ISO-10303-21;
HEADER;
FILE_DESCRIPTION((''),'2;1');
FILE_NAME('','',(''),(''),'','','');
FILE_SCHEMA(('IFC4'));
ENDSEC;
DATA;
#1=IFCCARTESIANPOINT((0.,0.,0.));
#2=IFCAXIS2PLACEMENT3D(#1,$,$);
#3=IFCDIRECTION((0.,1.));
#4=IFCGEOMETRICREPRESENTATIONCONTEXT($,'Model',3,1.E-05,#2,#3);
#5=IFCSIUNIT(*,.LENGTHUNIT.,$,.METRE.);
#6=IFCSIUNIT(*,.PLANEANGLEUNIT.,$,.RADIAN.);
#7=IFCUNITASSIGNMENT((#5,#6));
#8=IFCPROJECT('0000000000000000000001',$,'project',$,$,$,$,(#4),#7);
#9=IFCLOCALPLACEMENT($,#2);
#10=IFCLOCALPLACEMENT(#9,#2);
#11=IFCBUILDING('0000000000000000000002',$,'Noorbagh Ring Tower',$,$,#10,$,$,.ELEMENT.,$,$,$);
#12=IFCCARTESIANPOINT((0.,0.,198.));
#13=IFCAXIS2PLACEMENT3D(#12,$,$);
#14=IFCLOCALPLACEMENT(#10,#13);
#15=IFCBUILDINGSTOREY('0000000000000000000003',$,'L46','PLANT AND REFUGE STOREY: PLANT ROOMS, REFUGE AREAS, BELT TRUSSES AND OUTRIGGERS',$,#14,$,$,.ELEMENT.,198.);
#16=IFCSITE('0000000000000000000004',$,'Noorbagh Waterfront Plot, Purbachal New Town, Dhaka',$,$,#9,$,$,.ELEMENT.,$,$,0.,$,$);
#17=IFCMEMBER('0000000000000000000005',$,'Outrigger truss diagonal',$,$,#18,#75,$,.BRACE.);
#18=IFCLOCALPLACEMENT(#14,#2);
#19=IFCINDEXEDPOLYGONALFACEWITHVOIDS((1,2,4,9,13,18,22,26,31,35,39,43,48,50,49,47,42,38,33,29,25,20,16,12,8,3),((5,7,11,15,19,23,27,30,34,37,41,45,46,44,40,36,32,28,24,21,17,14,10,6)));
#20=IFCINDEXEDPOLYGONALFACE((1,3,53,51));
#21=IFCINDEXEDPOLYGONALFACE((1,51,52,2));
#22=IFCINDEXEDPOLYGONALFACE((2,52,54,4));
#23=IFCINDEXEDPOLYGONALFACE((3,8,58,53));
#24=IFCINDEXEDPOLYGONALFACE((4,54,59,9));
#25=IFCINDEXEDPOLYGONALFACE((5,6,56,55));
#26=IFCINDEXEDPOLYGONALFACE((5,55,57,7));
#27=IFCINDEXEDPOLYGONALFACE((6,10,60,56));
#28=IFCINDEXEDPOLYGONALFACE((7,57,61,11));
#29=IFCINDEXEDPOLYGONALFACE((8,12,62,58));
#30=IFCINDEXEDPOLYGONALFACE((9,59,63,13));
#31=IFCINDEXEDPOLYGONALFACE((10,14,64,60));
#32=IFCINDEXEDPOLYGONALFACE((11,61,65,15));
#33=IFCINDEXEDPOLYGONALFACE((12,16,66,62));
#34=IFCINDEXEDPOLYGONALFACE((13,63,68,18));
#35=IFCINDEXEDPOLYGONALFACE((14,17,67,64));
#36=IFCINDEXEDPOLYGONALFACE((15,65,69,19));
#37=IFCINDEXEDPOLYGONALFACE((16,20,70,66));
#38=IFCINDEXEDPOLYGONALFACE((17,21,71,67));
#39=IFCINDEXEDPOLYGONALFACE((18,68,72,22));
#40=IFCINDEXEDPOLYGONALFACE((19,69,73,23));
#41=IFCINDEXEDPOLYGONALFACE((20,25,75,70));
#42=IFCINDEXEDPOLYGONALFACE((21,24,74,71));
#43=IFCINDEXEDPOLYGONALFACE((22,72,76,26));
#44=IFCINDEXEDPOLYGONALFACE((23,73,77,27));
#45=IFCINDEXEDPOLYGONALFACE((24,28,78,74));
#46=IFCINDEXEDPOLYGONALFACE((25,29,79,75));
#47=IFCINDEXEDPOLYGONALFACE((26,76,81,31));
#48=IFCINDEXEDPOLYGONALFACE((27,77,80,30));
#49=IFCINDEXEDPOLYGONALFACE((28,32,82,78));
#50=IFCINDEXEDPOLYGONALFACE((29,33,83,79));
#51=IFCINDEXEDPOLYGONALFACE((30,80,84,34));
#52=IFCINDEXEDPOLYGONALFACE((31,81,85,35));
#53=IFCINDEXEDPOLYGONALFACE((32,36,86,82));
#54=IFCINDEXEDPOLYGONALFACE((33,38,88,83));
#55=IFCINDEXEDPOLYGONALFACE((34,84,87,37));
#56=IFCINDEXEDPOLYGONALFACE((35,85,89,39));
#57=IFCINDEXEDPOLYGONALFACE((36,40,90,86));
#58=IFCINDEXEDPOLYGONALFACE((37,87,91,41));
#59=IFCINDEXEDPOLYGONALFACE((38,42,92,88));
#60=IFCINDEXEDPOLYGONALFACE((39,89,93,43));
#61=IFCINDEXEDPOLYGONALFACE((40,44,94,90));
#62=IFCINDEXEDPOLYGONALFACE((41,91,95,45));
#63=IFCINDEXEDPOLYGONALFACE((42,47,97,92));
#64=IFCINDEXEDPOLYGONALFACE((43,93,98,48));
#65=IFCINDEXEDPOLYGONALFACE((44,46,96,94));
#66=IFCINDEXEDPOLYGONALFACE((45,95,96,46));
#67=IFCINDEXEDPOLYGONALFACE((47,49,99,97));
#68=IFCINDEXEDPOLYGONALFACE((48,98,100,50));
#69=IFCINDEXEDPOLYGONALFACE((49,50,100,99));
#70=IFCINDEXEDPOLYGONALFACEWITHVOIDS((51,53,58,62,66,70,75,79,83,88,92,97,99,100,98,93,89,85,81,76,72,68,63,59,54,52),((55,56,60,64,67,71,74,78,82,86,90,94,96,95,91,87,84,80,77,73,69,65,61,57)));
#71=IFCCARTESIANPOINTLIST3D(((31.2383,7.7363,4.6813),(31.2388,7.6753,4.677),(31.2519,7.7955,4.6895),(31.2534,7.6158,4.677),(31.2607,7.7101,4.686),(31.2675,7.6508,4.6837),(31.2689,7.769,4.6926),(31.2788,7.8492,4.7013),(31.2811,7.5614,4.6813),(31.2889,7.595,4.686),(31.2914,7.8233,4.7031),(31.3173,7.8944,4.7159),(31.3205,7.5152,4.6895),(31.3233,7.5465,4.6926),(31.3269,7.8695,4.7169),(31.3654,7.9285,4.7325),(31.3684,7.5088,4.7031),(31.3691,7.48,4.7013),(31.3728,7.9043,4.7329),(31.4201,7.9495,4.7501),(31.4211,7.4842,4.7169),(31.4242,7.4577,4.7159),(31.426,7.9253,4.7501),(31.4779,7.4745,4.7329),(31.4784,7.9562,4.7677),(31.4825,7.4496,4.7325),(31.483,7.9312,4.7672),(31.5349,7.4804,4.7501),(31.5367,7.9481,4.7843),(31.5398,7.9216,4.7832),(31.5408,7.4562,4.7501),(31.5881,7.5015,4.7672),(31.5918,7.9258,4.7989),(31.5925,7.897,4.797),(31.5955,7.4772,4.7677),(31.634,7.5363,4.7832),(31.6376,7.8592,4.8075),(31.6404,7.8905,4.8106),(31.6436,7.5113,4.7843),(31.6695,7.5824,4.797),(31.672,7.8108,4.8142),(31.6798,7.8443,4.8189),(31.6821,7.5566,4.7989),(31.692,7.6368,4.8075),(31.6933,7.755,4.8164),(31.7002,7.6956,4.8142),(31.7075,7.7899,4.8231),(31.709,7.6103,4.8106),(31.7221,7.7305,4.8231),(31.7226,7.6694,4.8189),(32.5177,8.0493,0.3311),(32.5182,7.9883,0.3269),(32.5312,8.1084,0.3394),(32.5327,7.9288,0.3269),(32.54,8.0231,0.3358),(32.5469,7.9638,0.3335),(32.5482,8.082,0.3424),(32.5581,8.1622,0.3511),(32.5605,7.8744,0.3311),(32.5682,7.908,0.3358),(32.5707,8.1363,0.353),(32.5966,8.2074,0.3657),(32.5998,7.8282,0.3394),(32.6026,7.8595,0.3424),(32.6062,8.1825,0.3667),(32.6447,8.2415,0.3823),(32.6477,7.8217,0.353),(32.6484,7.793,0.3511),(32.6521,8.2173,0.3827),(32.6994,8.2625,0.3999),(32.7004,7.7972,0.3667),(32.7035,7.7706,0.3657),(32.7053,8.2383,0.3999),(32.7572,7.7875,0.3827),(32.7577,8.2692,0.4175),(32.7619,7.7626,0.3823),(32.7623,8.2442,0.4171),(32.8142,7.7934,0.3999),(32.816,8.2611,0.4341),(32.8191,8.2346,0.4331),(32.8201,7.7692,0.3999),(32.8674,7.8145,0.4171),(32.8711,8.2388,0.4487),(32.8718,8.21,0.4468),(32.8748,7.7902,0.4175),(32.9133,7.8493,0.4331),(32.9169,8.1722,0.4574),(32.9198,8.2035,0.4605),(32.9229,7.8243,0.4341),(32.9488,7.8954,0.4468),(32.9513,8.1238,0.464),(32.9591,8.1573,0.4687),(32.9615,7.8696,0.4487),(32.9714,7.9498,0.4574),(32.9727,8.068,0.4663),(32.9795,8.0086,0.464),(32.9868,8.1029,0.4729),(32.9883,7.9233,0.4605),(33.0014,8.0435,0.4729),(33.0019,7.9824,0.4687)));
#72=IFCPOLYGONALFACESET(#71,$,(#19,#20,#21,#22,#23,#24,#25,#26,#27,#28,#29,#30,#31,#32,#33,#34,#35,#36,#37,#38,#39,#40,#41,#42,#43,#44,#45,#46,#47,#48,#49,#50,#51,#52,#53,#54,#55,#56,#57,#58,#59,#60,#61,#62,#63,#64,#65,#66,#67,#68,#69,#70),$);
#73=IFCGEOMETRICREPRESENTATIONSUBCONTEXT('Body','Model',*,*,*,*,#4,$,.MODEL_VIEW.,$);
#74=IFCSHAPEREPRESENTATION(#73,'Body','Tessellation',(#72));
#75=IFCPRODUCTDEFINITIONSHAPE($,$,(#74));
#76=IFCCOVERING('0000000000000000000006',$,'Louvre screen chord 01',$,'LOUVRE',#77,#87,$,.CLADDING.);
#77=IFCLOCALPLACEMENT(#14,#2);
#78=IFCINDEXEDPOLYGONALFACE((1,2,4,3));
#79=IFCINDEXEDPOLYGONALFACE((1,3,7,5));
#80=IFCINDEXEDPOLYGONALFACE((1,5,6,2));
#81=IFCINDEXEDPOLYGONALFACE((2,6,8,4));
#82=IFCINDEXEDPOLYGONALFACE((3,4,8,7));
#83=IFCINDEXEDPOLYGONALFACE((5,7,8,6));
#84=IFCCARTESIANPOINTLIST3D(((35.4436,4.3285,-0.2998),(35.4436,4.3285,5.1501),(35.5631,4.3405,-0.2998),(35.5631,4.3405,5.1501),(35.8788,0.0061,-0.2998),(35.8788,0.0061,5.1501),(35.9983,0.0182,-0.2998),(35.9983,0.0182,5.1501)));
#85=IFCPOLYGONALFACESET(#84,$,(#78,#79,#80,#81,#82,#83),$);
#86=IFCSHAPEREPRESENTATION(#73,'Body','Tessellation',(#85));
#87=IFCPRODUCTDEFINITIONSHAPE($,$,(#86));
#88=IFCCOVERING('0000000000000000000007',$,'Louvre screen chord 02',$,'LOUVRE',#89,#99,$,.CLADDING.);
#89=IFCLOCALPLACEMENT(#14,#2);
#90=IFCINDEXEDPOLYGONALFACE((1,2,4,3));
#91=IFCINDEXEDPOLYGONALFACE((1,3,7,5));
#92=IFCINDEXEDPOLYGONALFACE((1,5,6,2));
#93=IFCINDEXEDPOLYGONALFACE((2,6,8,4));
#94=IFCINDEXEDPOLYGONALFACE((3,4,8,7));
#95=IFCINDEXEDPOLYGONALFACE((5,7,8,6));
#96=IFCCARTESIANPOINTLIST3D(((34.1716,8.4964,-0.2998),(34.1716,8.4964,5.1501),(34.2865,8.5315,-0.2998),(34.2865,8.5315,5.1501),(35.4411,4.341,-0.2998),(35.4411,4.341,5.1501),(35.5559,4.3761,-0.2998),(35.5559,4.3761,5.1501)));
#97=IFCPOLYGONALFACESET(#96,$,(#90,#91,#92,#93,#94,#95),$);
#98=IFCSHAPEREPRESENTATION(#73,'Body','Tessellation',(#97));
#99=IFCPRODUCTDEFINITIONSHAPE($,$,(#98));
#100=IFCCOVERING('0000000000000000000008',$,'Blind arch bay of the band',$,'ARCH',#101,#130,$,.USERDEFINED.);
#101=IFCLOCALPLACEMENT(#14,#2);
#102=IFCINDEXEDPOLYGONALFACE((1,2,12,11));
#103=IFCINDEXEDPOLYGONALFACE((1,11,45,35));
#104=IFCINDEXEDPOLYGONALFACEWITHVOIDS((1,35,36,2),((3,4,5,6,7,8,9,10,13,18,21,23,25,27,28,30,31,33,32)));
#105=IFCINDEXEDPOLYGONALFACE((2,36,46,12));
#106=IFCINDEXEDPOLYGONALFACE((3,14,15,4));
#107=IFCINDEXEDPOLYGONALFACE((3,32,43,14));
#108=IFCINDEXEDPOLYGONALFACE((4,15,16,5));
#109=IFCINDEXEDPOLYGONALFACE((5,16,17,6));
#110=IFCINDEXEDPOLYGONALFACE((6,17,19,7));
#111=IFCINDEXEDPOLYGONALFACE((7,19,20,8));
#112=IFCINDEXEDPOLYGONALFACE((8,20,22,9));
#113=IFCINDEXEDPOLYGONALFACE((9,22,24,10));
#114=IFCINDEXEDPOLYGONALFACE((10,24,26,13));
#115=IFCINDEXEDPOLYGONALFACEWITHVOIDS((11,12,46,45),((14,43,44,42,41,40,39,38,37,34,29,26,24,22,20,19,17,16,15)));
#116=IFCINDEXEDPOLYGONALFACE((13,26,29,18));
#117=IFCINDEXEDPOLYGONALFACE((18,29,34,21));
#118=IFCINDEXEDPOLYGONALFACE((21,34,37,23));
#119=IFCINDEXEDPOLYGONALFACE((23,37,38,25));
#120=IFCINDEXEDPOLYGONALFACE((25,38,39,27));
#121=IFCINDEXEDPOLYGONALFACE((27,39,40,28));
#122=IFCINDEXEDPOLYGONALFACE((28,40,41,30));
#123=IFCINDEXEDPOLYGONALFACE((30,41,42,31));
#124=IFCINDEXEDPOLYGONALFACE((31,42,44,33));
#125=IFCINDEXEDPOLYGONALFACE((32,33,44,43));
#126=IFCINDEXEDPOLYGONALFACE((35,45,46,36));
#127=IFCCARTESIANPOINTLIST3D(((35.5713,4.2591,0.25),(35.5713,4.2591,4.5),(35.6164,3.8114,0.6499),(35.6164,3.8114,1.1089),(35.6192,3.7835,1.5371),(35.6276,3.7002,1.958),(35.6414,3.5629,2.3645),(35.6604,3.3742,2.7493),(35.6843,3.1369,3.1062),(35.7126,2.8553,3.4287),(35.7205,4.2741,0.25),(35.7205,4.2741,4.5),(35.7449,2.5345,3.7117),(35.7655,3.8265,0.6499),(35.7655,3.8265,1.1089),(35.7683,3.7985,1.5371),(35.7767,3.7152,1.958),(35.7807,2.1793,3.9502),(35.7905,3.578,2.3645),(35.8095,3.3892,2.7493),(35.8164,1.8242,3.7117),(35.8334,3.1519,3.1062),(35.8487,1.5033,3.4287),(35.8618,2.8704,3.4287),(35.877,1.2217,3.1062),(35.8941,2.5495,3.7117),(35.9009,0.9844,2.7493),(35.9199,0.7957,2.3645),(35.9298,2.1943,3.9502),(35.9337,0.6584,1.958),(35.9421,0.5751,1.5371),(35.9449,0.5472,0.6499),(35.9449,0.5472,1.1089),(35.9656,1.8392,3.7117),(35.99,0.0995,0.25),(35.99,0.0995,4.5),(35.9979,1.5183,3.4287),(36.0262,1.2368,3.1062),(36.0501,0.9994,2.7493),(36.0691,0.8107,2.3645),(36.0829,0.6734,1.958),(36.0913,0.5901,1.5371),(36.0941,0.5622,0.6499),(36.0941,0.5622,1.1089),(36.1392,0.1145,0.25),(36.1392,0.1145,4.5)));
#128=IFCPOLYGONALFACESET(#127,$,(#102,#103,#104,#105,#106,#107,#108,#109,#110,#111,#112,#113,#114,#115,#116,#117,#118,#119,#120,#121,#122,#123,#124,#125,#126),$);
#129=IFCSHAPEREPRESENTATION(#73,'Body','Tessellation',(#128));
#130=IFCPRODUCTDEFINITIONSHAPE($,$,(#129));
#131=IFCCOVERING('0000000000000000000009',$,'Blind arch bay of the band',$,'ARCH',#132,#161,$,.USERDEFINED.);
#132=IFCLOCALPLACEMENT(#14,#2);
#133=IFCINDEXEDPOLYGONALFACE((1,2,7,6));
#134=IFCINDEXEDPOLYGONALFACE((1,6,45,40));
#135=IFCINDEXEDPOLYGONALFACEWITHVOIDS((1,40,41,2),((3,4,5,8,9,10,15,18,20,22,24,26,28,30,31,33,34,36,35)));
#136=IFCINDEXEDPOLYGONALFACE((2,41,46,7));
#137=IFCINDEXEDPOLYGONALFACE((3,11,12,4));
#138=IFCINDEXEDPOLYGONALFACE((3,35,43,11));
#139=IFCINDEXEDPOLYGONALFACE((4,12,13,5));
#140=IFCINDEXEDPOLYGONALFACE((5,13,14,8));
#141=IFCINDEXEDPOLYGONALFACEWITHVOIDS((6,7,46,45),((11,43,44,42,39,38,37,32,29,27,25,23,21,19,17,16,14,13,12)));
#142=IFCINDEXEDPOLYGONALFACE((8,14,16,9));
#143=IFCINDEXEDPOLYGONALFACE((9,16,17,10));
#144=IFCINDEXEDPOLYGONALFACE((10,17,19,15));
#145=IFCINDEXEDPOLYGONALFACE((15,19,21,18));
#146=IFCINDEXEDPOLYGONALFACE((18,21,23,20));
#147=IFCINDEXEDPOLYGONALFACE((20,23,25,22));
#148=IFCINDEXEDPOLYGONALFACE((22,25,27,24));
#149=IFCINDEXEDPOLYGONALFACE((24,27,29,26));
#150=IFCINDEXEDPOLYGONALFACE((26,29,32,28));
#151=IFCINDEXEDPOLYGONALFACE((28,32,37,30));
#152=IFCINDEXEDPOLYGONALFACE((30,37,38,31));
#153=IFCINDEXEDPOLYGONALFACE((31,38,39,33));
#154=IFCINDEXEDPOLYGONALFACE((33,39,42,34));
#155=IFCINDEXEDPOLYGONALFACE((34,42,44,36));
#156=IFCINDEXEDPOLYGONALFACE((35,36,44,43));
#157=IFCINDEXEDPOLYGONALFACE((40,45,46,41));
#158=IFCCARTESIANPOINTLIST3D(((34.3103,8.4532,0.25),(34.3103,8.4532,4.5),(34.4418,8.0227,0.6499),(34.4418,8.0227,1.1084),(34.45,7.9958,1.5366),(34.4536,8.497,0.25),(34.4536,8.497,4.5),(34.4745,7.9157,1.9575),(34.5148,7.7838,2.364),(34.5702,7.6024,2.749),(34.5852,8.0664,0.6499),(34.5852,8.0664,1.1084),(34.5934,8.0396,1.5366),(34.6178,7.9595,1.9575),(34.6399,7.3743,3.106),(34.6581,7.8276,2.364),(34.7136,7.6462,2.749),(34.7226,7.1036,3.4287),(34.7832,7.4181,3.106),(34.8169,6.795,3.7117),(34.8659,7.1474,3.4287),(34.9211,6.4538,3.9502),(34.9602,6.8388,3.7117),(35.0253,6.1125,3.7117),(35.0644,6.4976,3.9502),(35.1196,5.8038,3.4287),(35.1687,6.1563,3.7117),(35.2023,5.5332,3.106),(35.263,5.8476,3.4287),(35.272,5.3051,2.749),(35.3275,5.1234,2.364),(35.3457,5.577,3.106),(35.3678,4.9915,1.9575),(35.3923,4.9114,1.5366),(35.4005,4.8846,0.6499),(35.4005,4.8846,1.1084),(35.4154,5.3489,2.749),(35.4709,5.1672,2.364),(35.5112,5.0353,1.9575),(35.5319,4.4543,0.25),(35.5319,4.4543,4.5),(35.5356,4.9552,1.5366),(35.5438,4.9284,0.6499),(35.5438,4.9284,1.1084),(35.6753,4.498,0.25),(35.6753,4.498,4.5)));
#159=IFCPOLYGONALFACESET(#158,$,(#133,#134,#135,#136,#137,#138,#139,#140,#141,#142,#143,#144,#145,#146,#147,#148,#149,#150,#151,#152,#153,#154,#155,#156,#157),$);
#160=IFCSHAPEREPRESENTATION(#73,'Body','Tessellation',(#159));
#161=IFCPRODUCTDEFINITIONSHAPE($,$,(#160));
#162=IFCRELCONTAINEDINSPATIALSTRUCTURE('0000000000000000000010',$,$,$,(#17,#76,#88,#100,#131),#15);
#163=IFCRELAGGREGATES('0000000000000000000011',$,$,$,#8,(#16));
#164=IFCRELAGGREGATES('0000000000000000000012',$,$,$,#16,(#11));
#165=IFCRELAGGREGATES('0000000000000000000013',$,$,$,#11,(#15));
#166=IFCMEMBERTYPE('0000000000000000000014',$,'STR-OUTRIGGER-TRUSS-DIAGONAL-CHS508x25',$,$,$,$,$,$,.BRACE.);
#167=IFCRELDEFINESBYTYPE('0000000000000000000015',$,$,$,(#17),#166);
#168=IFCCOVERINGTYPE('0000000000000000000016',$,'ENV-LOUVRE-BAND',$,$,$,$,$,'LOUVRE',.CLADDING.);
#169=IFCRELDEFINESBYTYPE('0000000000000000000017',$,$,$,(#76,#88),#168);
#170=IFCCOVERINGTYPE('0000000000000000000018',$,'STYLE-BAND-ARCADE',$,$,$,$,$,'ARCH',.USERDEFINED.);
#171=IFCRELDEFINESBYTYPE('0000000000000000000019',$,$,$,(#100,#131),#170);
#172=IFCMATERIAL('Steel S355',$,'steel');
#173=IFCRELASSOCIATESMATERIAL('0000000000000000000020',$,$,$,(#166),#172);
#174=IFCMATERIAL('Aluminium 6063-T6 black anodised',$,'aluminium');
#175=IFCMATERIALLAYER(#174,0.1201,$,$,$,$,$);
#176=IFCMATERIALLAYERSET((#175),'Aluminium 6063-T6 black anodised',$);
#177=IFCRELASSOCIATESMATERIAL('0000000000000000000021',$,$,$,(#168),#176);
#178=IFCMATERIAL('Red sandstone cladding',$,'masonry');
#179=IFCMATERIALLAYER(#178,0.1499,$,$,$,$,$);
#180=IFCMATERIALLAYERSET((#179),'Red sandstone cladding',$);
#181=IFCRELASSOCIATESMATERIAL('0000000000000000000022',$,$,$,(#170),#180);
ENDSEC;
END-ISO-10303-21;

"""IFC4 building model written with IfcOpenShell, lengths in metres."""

from ifc_helpers import new_model, si_unit, direction, frame, origin, origin_2d, place, context, subcontext, project, spatial, polyline, rectangle, hollow_circle, outline, extrude, material, layer, layer_set, material_profile, profile_set, type_object, element, save


model = new_model("IFC4")

# Units and contexts
model_context = context("Model", 3, precision=1e-05, world=origin(), true_north=direction((0.0, 1.0)))
body_context = subcontext(model_context, "Body", "Model", "MODEL_VIEW")
ifc_project = project(units=[si_unit("LENGTHUNIT", "METRE"), si_unit("PLANEANGLEUNIT", "RADIAN")], contexts=[model_context])

# Site, building, storey
site_placement = place(None, origin())
site = spatial("IfcSite", under=ifc_project, at=site_placement, Name="Noorbagh Waterfront Plot, Purbachal New Town, Dhaka", CompositionType="ELEMENT", RefElevation=0.0)
building_placement = place(site_placement, origin())
building = spatial("IfcBuilding", under=site, at=building_placement, Name="Noorbagh Ring Tower", CompositionType="ELEMENT")
storey_placement = place(building_placement, frame((0.0, 0.0, 198.0)))
storey = spatial("IfcBuildingStorey", under=building, at=storey_placement, Name="L46", Description="PLANT AND REFUGE STOREY: PLANT ROOMS, REFUGE AREAS, BELT TRUSSES AND OUTRIGGERS", CompositionType="ELEMENT", Elevation=198.0)

# Member
ifc_material_1 = material(Name="Steel S355", Category="steel")
ifc_material_profile_1 = material_profile(ifc_material_1, hollow_circle(Radius=0.2539, WallThickness=0.0249, at=origin_2d()), Name="CHS508x25")
ifc_profile_set_1 = profile_set([ifc_material_profile_1], Name="Steel S355")
member_type_1 = type_object("IfcMemberType", Name="STR-OUTRIGGER-TRUSS-DIAGONAL-CHS508x25", PredefinedType="BRACE", material=ifc_profile_set_1)
member_1_placement = place(storey_placement, frame((32.7598, 8.0159, 0.3999), z_axis=(-0.281467, -0.068863, 0.957097), x_axis=(0.237647, -0.971351, 0.0)))
element("IfcMember", 1, at=member_1_placement, inside=storey, type_object=member_type_1, Name="Outrigger truss diagonal", PredefinedType="BRACE", context=body_context, shape_type="SweptSolid", body=[
    extrude(hollow_circle(Radius=0.2539, WallThickness=0.0249, at=origin_2d()), origin(), (0.0, 0.0, 1.0), 4.5452),
])

# Coverings
ifc_material_2 = material(Name="Aluminium 6063-T6 black anodised", Category="aluminium")
ifc_layer_1 = layer(ifc_material_2, 0.1201)
ifc_layer_set_1 = layer_set([ifc_layer_1], Name="Aluminium 6063-T6 black anodised")
covering_type_1 = type_object("IfcCoveringType", Name="ENV-LOUVRE-BAND", ElementType="LOUVRE", PredefinedType="CLADDING", material=ifc_layer_set_1)
covering_1_placement = place(storey_placement, frame((35.7209, 2.1733, -0.2998), z_axis=(0.0, 0.0, 1.0), x_axis=(-0.100178, 0.99497, 0.0)))
element("IfcCovering", 2, at=covering_1_placement, inside=storey, type_object=covering_type_1, Name="Louvre screen chord 01", ObjectType="LOUVRE", PredefinedType="CLADDING", context=body_context, shape_type="SweptSolid", body=[
    extrude(rectangle(XDim=4.3442, YDim=0.1201, at=origin_2d()), origin(), (0.0, 0.0, 1.0), 5.45),
])
covering_2_placement = place(storey_placement, frame((34.8638, 6.4363, -0.2998), z_axis=(0.0, 0.0, 1.0), x_axis=(-0.29217, 0.956366, 0.0)))
element("IfcCovering", 3, at=covering_2_placement, inside=storey, type_object=covering_type_1, Name="Louvre screen chord 02", ObjectType="LOUVRE", PredefinedType="CLADDING", context=body_context, shape_type="SweptSolid", body=[
    extrude(rectangle(XDim=4.345, YDim=0.1201, at=origin_2d()), origin(), (0.0, 0.0, 1.0), 5.45),
])
ifc_material_3 = material(Name="Red sandstone cladding", Category="masonry")
ifc_layer_2 = layer(ifc_material_3, 0.1499)
ifc_layer_set_2 = layer_set([ifc_layer_2], Name="Red sandstone cladding")
covering_type_2 = type_object("IfcCoveringType", Name="STYLE-BAND-ARCADE", ElementType="ARCH", PredefinedType="USERDEFINED", material=ifc_layer_set_2)
covering_3_placement = place(storey_placement, frame((36.1392, 0.1145, 0.25), z_axis=(0.994972, 0.100151, 0.0), x_axis=(-0.100151, 0.994972, 0.0)))
element("IfcCovering", 4, at=covering_3_placement, inside=storey, type_object=covering_type_2, Name="Blind arch bay of the band", ObjectType="ARCH", PredefinedType="USERDEFINED", context=body_context, shape_type="SweptSolid", body=[
    extrude(outline(polyline([(0.0, 0.0), (4.1807, 0.0), (4.1807, 4.25), (0.0, 4.25), (0.0, 0.0)]), holes=[polyline([(0.45, 0.3999), (0.45, 0.8589), (0.478, 1.2871), (0.5618, 1.708), (0.6997, 2.1145), (0.8894, 2.4993), (1.1279, 2.8562), (1.4109, 3.1787), (1.7334, 3.4617), (2.0903, 3.7002), (2.4473, 3.4617), (2.7698, 3.1787), (3.0527, 2.8562), (3.2913, 2.4993), (3.481, 2.1145), (3.6189, 1.708), (3.7026, 1.2871), (3.7307, 0.8589), (3.7307, 0.3999), (0.45, 0.3999)])]), origin(), (0.0, 0.0, -1.0), 0.1499),
])
covering_4_placement = place(storey_placement, frame((35.6753, 4.498, 0.25), z_axis=(0.956368, 0.292165, 0.0), x_axis=(-0.292165, 0.956368, 0.0)))
element("IfcCovering", 5, at=covering_4_placement, inside=storey, type_object=covering_type_2, Name="Blind arch bay of the band", ObjectType="ARCH", PredefinedType="USERDEFINED", context=body_context, shape_type="SweptSolid", body=[
    extrude(outline(polyline([(0.0, 0.0), (4.1814, 0.0), (4.1814, 4.25), (0.0, 4.25), (0.0, 0.0)]), holes=[polyline([(0.45, 0.3999), (0.45, 0.8584), (0.478, 1.2866), (0.5618, 1.7075), (0.6997, 2.114), (0.8896, 2.499), (1.1282, 2.856), (1.4111, 3.1787), (1.7339, 3.4617), (2.0908, 3.7002), (2.4475, 3.4617), (2.7703, 3.1787), (3.0532, 2.856), (3.2917, 2.499), (3.4814, 2.114), (3.6194, 1.7075), (3.7031, 1.2866), (3.7312, 0.8584), (3.7312, 0.3999), (0.45, 0.3999)])]), origin(), (0.0, 0.0, -1.0), 0.1499),
])

save(model, "model.ifc")
